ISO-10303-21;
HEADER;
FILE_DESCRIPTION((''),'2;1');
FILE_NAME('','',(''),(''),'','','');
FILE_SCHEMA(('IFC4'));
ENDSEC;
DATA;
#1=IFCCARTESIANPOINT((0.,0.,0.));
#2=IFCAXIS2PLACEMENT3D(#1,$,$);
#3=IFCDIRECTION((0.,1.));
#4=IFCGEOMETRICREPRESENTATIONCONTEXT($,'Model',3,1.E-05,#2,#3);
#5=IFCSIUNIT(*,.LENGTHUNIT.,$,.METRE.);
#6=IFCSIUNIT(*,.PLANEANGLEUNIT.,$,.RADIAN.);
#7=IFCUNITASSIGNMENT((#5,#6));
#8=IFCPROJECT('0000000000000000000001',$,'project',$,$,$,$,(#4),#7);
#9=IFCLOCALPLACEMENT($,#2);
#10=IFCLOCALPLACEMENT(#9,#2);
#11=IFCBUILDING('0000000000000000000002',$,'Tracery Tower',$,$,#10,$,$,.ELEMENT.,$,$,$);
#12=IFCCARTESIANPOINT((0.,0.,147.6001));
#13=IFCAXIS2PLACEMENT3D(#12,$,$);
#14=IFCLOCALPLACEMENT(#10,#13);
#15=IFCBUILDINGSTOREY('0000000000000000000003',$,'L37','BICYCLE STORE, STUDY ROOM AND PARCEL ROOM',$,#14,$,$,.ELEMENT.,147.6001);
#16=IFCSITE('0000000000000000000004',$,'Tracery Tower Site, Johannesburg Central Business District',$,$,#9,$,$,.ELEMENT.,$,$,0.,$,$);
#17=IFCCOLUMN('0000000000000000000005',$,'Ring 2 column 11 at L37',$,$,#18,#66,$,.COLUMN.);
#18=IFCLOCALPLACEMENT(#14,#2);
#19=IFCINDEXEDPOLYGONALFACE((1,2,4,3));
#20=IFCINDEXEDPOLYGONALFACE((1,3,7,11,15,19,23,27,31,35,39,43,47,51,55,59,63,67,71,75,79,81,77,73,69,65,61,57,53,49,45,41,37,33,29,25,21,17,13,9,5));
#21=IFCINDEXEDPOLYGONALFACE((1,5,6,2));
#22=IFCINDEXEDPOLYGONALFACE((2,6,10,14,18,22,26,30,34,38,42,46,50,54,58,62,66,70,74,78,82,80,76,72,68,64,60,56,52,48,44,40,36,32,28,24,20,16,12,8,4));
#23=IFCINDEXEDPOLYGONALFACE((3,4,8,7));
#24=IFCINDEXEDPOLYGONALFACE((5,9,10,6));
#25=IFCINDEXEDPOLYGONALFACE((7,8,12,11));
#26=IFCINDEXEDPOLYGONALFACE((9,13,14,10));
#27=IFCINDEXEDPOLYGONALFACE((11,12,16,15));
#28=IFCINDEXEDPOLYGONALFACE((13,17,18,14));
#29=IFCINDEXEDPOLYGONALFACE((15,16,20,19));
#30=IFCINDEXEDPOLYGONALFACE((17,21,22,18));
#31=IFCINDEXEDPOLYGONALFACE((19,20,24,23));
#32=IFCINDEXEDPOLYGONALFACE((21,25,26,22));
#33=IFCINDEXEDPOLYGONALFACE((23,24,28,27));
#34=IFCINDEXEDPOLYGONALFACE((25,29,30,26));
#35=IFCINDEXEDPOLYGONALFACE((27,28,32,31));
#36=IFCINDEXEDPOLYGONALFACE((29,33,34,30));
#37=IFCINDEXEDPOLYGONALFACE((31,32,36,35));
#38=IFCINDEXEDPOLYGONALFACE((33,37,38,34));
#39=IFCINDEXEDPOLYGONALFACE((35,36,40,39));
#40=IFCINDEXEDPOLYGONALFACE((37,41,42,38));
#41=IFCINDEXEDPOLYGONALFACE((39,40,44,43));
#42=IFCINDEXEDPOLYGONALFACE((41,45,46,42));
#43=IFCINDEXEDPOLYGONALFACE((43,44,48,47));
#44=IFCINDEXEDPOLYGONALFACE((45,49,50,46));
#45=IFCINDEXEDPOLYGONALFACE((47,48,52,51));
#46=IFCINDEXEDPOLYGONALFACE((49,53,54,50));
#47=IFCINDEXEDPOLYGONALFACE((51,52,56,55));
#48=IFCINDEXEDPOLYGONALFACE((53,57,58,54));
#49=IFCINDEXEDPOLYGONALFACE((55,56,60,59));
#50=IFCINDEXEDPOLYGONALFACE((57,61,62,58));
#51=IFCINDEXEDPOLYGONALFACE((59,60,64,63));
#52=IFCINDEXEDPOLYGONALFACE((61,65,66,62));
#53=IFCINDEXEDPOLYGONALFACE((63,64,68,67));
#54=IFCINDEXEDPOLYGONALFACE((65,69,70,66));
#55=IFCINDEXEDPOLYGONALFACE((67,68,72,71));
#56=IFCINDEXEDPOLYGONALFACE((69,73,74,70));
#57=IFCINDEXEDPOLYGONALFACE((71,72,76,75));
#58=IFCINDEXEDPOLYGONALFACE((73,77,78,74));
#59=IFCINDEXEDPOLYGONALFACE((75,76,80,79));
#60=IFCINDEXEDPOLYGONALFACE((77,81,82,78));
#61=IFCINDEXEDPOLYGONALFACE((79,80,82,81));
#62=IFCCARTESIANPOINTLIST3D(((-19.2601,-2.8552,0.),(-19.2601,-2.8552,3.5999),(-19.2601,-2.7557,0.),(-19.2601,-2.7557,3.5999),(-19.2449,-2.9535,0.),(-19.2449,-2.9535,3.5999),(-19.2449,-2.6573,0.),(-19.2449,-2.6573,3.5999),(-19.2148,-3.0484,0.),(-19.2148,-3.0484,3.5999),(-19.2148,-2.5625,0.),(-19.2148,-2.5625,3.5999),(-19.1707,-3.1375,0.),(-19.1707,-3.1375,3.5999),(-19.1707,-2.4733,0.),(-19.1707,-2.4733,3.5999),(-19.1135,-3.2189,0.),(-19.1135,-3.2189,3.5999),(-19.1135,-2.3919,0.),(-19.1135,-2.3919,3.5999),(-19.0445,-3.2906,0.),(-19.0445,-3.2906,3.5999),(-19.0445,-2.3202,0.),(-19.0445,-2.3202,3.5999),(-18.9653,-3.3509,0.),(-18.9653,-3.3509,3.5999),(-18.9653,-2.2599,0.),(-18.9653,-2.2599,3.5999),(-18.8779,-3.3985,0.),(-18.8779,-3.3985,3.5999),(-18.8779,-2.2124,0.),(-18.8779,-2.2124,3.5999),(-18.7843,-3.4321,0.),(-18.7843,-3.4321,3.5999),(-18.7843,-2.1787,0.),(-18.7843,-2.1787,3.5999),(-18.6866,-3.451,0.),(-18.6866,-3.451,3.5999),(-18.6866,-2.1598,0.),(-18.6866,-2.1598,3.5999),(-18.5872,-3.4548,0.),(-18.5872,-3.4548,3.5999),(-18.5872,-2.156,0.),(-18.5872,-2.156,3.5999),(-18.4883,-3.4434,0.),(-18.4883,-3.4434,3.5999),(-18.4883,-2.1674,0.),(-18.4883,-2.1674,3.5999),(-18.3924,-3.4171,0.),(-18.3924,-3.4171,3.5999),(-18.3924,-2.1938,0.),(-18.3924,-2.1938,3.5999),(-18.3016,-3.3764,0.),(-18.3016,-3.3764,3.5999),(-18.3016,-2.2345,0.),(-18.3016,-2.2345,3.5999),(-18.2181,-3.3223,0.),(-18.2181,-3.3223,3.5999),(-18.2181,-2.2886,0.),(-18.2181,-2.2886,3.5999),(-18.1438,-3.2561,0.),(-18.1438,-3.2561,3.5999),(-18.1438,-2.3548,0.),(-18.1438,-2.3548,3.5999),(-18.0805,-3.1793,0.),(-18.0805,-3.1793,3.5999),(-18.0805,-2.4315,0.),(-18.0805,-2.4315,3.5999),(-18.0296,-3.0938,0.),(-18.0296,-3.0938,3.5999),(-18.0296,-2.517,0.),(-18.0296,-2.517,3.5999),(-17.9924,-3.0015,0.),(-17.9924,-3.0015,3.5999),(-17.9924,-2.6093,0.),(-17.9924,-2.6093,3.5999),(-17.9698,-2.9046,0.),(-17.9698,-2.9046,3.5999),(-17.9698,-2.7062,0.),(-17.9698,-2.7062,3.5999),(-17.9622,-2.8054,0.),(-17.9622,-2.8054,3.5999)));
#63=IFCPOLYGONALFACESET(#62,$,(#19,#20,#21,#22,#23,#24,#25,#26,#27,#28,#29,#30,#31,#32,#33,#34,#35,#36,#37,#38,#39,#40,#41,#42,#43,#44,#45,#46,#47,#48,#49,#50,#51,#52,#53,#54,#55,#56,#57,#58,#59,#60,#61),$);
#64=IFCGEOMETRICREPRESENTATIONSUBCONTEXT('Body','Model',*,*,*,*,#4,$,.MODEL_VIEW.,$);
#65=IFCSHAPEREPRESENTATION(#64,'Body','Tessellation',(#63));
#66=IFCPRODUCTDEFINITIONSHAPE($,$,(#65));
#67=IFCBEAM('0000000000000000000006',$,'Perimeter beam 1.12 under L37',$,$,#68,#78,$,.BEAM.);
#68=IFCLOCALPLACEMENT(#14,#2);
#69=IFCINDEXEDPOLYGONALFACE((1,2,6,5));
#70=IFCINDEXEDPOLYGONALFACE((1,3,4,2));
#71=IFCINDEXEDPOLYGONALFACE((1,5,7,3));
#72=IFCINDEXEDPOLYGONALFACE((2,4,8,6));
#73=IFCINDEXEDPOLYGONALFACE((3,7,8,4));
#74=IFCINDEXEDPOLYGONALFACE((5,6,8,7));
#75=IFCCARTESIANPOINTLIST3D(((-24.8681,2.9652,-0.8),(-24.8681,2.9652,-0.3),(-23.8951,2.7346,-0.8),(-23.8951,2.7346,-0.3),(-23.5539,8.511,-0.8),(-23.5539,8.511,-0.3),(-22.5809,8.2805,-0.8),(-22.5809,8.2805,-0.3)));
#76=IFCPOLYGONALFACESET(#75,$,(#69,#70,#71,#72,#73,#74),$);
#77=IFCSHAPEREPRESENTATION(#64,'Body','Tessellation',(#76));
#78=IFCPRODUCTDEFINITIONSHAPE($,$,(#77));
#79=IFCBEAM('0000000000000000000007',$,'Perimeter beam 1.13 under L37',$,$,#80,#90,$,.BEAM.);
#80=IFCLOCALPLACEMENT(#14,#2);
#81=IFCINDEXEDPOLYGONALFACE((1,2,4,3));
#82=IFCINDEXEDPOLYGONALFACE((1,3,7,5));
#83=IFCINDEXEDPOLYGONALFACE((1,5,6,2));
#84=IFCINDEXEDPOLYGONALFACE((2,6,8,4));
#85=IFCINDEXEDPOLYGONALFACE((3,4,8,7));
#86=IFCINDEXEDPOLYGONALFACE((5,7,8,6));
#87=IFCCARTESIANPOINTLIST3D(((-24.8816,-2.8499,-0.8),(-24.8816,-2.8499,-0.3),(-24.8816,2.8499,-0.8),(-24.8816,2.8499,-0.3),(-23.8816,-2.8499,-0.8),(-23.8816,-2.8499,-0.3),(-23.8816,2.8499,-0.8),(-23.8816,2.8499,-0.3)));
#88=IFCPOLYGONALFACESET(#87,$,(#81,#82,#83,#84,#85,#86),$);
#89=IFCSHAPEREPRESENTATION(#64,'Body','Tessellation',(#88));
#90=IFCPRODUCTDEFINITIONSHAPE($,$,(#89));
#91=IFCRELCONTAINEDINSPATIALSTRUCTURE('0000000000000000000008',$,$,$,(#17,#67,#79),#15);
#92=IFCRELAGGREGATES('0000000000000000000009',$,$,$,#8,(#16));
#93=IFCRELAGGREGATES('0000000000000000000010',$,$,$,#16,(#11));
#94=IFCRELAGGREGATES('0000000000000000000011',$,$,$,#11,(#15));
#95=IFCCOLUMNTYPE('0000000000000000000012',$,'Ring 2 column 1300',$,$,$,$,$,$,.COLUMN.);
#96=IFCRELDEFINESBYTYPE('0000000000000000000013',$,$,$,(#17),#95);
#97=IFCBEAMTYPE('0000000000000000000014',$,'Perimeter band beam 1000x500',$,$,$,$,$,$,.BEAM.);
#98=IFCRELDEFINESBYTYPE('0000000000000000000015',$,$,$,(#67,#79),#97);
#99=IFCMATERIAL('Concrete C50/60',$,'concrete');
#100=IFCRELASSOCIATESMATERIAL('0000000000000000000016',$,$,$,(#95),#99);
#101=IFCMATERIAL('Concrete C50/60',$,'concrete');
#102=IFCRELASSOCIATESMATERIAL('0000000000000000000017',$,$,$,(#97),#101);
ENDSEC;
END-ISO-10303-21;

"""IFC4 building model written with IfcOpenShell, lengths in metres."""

from ifc_helpers import new_model, si_unit, direction, frame, origin, origin_2d, place, context, subcontext, project, spatial, rectangle, circle, extrude, material, material_profile, profile_set, type_object, element, save


model = new_model("IFC4")

# Units and contexts
model_context = context("Model", 3, precision=1e-05, world=origin(), true_north=direction((0.0, 1.0)))
body_context = subcontext(model_context, "Body", "Model", "MODEL_VIEW")
ifc_project = project(units=[si_unit("LENGTHUNIT", "METRE"), si_unit("PLANEANGLEUNIT", "RADIAN")], contexts=[model_context])

# Site, building, storey
site_placement = place(None, origin())
site = spatial("IfcSite", under=ifc_project, at=site_placement, Name="Tracery Tower Site, Johannesburg Central Business District", CompositionType="ELEMENT", RefElevation=0.0)
building_placement = place(site_placement, origin())
building = spatial("IfcBuilding", under=site, at=building_placement, Name="Tracery Tower", CompositionType="ELEMENT")
storey_placement = place(building_placement, frame((0.0, 0.0, 147.6001)))
storey = spatial("IfcBuildingStorey", under=building, at=storey_placement, Name="L37", Description="BICYCLE STORE, STUDY ROOM AND PARCEL ROOM", CompositionType="ELEMENT", Elevation=147.6001)

# Column
ifc_material_1 = material(Name="Concrete C50/60", Category="concrete")
ifc_material_profile_1 = material_profile(ifc_material_1, circle(Radius=0.6499, at=origin_2d()), Name="RC D1300")
ifc_profile_set_1 = profile_set([ifc_material_profile_1], Name="Concrete C50/60")
column_type_1 = type_object("IfcColumnType", Name="Ring 2 column 1300", PredefinedType="COLUMN", material=ifc_profile_set_1)
for number, where, z_axis, x_axis, name in (
    (1, (-18.6121, -2.8054, 0.0), (0.0, 0.0, 1.0), (1.0, 0.0, 0.0), "Ring 2 column 11 at L37"),
):
    element("IfcColumn", number, at=place(storey_placement, frame(where, z_axis=z_axis, x_axis=x_axis)), inside=storey, type_object=column_type_1, Name=name, PredefinedType="COLUMN", context=body_context, shape_type="SweptSolid", body=[
        extrude(circle(Radius=0.6499, at=origin_2d()), origin(), (0.0, 0.0, 1.0), 3.5999),
    ])

# Beams
ifc_material_2 = material(Name="Concrete C50/60", Category="concrete")
ifc_material_profile_2 = material_profile(ifc_material_2, rectangle(XDim=1.0, YDim=0.5, at=origin_2d()), Name="RC 1000x500")
ifc_profile_set_2 = profile_set([ifc_material_profile_2], Name="Concrete C50/60")
beam_type = type_object("IfcBeamType", Name="Perimeter band beam 1000x500", PredefinedType="BEAM", material=ifc_profile_set_2)
beam_1_placement = place(storey_placement, frame((-23.0674, 8.3958, -0.55), z_axis=(-0.230584, -0.973052, 0.0), x_axis=(0.973052, -0.230584, 0.0)))
element("IfcBeam", 2, at=beam_1_placement, inside=storey, type_object=beam_type, Name="Perimeter beam 1.12 under L37", PredefinedType="BEAM", context=body_context, shape_type="SweptSolid", body=[
    extrude(rectangle(XDim=1.0, YDim=0.5, at=origin_2d()), origin(), (0.0, 0.0, 1.0), 5.6995),
])
beam_2_placement = place(storey_placement, frame((-24.3816, 2.8499, -0.55), z_axis=(0.0, -1.0, 0.0), x_axis=(1.0, 0.0, 0.0)))
element("IfcBeam", 3, at=beam_2_placement, inside=storey, type_object=beam_type, Name="Perimeter beam 1.13 under L37", PredefinedType="BEAM", context=body_context, shape_type="SweptSolid", body=[
    extrude(rectangle(XDim=1.0, YDim=0.5, at=origin_2d()), origin(), (0.0, 0.0, 1.0), 5.6997),
])

save(model, "model.ifc")
